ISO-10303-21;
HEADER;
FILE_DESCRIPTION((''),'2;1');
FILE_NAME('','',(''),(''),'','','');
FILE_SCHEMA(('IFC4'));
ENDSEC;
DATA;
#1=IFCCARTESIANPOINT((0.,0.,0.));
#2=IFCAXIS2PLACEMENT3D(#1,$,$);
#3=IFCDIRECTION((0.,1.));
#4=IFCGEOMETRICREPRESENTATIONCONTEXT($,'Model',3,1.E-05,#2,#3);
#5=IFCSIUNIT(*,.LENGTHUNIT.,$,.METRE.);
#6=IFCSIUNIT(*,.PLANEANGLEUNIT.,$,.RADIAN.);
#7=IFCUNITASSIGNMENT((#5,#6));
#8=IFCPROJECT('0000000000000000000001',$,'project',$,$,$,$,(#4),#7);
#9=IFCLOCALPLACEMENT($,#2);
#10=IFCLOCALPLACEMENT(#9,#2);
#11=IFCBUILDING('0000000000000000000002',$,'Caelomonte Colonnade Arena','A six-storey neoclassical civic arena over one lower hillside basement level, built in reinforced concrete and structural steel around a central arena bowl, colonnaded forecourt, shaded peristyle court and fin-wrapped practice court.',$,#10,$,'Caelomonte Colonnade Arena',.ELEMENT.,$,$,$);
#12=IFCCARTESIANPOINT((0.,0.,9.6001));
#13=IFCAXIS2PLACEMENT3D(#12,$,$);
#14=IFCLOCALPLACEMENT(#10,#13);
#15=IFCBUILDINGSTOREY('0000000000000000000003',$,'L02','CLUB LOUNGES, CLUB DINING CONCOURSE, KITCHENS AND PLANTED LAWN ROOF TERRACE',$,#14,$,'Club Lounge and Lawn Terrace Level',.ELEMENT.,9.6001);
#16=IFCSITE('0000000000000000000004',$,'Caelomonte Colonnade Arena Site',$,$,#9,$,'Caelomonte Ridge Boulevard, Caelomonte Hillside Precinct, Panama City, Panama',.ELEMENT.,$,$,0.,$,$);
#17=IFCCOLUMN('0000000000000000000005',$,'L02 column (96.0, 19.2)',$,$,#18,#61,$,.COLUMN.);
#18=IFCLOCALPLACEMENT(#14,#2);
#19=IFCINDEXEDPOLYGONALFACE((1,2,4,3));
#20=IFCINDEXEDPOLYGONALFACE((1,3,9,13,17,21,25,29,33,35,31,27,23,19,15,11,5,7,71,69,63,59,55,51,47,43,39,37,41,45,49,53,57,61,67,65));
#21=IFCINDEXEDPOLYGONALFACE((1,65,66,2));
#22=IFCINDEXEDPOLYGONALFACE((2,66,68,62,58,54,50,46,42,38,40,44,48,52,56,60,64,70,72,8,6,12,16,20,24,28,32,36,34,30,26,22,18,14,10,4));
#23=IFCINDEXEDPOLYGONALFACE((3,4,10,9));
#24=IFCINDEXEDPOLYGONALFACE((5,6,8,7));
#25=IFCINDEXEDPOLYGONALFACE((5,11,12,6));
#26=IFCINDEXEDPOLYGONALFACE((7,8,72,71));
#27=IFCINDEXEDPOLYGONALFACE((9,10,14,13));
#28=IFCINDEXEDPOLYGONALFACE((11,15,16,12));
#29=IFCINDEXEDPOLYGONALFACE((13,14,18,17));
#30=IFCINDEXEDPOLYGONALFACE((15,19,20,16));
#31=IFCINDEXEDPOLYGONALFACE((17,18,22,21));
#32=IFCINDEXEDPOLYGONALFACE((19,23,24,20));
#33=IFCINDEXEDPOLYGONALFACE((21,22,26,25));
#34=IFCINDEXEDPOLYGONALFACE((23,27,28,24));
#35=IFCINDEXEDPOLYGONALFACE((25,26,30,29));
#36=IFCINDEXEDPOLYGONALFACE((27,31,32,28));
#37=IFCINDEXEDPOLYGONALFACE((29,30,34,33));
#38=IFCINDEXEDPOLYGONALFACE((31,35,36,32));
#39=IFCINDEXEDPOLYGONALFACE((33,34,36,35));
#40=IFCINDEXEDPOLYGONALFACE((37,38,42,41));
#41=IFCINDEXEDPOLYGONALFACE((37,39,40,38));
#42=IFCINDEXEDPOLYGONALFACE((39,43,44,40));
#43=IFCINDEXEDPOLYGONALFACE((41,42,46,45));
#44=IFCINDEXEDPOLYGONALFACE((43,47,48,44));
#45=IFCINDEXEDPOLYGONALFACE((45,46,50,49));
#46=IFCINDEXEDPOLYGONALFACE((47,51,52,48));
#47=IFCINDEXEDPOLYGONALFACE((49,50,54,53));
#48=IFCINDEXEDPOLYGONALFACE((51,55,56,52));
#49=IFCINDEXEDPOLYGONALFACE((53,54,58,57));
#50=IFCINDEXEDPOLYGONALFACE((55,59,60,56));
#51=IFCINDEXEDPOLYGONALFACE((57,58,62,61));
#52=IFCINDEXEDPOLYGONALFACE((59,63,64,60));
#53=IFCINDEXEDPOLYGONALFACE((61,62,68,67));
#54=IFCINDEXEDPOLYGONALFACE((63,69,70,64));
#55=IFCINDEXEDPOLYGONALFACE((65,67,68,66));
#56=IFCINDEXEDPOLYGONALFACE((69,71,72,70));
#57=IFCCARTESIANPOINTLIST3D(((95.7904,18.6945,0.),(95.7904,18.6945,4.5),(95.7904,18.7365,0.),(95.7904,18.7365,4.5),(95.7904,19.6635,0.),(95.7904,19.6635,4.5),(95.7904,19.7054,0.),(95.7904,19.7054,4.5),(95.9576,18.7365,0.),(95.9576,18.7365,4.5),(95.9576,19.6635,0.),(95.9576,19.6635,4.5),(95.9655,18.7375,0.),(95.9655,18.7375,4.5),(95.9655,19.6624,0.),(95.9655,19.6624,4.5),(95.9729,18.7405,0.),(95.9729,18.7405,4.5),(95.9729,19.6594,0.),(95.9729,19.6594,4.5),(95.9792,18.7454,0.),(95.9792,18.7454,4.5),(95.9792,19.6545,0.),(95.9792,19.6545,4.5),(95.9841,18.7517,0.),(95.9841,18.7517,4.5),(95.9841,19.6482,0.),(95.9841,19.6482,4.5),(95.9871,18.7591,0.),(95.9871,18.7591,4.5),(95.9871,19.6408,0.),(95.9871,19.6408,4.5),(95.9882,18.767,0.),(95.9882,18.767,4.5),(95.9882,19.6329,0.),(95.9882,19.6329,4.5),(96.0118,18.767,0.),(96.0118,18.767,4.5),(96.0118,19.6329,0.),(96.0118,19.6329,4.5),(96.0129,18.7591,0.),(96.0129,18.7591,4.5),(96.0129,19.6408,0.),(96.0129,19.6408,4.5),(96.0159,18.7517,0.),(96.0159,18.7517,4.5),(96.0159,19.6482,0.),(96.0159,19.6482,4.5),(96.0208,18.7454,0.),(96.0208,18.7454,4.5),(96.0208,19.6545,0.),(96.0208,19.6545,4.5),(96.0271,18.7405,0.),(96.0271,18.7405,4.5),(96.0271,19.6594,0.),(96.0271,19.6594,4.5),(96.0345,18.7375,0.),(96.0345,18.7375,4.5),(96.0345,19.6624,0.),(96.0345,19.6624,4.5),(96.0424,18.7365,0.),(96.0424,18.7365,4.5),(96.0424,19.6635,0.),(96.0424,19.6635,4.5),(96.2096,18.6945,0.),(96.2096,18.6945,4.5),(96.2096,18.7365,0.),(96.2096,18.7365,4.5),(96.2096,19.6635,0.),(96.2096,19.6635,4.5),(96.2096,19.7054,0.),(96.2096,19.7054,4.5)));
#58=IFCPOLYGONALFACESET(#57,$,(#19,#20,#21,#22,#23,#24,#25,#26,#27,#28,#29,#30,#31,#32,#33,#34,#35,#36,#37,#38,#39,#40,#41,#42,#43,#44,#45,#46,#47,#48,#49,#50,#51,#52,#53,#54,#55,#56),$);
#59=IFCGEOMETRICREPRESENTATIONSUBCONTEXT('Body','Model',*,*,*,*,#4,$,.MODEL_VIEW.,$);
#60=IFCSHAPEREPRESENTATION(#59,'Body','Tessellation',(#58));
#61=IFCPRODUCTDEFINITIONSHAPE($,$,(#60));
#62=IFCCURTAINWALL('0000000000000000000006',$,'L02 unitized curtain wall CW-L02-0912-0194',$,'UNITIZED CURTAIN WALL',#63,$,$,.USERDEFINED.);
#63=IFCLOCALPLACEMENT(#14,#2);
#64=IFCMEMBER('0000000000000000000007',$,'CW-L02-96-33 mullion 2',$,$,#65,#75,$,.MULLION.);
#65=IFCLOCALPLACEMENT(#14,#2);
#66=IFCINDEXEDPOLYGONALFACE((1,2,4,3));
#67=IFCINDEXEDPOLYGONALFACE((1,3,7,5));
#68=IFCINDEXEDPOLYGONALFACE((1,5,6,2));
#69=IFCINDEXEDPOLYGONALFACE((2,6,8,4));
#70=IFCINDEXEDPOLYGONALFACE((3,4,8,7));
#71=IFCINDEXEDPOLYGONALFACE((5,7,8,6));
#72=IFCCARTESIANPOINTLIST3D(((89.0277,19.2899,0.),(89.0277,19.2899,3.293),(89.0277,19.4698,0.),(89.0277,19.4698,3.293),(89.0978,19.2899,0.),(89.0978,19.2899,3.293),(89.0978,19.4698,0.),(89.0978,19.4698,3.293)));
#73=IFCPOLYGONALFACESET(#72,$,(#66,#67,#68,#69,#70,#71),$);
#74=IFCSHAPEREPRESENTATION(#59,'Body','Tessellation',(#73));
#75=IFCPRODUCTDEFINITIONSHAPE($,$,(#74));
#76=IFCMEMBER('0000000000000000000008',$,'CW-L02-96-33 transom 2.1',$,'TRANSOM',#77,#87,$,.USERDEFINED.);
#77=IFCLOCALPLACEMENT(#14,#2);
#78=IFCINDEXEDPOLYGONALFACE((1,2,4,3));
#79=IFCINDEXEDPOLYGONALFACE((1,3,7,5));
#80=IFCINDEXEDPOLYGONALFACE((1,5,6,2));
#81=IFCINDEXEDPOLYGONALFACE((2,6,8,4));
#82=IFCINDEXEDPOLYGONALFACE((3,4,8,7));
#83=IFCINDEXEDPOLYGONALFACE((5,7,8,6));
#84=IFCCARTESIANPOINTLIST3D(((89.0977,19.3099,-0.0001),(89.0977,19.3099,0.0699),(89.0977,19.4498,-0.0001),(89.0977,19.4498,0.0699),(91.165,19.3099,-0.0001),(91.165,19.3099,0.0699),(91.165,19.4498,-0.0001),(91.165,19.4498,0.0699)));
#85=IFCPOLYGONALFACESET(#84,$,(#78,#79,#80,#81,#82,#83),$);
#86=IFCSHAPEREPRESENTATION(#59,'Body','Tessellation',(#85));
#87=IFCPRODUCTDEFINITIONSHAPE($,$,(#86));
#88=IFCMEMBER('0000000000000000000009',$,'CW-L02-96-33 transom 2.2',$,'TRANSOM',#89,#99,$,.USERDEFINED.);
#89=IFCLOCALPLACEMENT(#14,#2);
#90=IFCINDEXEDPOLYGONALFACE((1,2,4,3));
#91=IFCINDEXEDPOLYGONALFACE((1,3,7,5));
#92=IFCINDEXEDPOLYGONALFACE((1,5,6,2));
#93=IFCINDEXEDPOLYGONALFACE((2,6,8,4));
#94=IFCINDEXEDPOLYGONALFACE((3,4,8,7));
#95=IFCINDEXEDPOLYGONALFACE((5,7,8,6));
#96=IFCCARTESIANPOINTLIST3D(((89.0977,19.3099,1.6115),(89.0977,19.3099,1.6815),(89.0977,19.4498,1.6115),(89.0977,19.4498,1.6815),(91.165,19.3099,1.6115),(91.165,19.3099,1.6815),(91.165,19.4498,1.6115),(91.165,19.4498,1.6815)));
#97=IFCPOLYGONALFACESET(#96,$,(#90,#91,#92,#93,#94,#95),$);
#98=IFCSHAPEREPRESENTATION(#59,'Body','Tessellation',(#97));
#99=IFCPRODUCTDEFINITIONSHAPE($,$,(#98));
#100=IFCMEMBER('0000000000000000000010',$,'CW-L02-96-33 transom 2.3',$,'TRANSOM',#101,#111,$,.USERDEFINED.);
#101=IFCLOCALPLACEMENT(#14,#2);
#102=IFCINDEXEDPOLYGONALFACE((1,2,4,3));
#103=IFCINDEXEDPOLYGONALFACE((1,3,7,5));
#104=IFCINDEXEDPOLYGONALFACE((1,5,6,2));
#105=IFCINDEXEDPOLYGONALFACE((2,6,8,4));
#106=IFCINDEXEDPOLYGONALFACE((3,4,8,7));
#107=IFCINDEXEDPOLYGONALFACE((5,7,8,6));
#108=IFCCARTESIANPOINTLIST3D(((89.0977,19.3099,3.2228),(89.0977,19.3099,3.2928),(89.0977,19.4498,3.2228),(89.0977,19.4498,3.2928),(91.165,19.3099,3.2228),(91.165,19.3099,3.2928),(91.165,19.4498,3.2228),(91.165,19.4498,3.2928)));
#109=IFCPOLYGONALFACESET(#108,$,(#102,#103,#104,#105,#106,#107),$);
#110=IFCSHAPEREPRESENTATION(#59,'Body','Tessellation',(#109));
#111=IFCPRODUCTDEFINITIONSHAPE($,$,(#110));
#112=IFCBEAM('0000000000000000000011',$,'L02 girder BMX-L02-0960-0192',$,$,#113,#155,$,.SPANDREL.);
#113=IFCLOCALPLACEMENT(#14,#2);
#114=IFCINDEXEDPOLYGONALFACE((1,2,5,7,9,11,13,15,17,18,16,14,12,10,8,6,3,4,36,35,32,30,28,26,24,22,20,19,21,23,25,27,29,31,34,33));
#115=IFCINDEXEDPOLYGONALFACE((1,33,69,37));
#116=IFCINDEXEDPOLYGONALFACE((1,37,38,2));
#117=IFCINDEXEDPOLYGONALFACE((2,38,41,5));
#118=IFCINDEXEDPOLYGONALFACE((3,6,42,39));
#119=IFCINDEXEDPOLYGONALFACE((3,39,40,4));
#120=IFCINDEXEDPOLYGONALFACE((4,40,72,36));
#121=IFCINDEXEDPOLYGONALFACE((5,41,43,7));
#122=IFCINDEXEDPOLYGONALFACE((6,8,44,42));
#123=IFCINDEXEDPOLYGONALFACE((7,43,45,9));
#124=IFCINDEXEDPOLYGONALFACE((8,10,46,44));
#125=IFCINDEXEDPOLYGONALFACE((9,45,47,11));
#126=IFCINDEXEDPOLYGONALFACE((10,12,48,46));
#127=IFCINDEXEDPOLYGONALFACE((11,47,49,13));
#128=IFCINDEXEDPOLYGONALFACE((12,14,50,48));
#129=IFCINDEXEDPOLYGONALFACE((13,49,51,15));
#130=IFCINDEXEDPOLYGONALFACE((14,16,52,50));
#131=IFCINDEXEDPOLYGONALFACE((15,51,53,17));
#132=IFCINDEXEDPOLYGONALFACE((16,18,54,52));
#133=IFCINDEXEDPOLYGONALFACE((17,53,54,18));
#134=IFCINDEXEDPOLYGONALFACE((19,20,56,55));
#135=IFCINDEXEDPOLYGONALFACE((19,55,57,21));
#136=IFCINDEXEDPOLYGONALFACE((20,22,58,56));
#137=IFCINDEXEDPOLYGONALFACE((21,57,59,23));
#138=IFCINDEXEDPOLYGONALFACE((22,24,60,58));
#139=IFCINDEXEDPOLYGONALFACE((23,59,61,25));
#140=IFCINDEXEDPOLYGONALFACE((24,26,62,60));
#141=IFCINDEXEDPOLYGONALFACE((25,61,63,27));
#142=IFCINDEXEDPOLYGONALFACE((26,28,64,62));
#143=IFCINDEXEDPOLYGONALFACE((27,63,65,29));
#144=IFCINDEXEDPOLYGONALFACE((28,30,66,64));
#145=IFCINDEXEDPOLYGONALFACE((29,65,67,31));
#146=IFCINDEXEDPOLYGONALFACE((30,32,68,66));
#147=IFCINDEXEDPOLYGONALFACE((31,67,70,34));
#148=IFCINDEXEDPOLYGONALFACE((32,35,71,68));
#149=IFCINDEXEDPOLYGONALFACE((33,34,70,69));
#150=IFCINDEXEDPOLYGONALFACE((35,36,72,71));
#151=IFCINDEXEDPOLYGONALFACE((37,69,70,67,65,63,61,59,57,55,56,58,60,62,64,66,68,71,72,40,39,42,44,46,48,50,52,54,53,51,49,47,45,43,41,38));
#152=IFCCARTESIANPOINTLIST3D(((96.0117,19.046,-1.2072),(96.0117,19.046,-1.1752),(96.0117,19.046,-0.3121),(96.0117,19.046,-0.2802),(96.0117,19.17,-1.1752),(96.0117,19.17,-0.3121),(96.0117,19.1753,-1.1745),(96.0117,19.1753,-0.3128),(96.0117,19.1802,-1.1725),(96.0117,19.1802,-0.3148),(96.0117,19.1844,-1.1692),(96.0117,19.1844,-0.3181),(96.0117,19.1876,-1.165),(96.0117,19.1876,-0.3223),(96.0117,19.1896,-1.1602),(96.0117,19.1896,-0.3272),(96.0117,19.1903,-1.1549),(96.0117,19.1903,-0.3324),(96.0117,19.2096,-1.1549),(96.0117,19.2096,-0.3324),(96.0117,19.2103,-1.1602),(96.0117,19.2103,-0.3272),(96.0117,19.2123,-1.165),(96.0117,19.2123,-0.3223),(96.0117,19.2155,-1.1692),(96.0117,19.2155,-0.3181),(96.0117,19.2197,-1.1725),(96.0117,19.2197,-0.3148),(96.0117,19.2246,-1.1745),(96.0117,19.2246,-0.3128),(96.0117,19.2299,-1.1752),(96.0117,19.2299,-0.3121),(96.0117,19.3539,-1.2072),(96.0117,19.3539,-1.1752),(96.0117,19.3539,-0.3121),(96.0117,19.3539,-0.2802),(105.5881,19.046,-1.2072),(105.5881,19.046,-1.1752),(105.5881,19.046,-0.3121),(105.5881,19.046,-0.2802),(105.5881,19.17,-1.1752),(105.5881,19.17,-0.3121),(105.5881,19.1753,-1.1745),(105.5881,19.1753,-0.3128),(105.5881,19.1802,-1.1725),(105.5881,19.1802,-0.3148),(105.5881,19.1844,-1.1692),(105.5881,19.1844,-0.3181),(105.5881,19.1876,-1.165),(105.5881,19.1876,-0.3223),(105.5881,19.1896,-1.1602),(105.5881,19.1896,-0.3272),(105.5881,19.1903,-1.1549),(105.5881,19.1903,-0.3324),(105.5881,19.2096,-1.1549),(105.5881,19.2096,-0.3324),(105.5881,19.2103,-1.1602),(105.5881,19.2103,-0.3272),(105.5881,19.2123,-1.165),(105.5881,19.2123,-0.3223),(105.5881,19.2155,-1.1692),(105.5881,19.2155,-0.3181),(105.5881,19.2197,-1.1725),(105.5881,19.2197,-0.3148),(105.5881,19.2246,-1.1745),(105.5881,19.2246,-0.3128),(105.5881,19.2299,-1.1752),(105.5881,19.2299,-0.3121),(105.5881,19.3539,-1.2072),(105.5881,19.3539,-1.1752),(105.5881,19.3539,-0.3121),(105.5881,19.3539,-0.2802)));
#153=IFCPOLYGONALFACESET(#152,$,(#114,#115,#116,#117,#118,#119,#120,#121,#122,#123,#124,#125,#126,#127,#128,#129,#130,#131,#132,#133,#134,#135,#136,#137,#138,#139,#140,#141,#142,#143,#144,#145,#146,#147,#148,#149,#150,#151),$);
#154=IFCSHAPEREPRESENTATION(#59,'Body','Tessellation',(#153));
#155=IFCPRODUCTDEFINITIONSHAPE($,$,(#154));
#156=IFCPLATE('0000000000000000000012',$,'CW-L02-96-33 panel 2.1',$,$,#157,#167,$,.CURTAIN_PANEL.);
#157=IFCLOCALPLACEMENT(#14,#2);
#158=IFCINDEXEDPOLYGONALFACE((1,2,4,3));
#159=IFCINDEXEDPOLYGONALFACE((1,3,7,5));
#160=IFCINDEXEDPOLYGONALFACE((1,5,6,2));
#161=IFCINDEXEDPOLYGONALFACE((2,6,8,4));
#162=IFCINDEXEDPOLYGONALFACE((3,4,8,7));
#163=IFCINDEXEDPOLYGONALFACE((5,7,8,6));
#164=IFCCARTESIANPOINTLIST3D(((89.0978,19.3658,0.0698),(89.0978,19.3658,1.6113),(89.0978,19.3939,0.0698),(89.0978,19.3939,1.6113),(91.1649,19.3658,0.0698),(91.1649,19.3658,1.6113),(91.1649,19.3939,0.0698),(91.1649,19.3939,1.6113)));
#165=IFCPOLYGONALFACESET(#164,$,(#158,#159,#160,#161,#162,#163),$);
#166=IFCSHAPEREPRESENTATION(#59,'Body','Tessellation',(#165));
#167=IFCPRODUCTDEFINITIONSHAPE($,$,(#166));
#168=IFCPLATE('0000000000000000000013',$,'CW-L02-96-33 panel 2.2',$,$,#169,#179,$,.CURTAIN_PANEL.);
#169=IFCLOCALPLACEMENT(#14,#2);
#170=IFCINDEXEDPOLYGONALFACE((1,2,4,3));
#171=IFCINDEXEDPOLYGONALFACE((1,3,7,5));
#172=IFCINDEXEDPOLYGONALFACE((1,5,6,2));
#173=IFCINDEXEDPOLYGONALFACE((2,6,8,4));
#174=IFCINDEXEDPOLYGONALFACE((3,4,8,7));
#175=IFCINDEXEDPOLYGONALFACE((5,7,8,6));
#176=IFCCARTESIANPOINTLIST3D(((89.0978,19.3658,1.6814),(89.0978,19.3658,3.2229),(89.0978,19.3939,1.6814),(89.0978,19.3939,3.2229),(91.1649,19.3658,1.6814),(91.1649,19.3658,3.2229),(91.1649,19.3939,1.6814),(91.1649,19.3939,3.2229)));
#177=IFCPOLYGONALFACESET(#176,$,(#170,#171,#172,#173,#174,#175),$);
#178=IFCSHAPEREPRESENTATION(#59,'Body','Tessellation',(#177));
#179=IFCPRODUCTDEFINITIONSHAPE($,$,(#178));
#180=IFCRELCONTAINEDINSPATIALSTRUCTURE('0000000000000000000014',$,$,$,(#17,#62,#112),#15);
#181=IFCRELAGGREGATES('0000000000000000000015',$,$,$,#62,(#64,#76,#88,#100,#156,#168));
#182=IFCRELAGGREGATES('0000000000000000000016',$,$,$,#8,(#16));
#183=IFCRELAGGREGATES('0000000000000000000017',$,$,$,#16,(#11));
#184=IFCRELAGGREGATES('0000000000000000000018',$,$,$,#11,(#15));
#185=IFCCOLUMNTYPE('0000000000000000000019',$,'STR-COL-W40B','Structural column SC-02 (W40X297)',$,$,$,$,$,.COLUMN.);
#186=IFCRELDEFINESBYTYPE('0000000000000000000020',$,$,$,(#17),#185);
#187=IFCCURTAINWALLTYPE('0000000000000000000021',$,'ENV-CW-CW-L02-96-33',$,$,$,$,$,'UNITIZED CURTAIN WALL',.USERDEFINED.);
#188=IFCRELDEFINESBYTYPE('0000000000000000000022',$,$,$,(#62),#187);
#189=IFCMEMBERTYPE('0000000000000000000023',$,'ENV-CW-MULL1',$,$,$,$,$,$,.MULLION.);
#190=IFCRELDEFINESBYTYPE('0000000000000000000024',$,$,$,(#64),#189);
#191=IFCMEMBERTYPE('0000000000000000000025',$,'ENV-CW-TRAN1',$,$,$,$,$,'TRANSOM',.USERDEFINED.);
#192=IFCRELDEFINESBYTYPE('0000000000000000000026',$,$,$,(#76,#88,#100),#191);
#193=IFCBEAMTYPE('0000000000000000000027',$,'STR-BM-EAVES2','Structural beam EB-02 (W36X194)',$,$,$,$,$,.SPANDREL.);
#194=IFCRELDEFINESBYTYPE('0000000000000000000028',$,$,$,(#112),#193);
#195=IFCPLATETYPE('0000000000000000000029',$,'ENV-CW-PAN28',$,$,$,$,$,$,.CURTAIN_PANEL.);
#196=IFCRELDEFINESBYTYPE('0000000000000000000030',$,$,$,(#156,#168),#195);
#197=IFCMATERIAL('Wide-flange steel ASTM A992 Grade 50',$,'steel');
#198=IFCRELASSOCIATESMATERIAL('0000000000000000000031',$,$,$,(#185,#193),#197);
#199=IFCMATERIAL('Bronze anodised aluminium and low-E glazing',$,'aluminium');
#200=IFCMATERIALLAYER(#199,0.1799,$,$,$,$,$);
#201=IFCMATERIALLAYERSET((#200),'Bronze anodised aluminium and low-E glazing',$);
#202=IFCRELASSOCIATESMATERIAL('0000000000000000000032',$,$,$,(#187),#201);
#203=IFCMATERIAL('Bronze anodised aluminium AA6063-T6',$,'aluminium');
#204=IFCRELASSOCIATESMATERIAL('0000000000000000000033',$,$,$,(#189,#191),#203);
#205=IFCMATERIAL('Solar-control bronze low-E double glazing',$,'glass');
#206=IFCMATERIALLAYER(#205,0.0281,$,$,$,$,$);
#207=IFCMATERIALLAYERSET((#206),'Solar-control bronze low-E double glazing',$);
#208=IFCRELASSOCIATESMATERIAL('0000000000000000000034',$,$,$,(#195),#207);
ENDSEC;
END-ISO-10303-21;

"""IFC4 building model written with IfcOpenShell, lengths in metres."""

from ifc_helpers import new_model, si_unit, direction, frame, origin, origin_2d, place, context, subcontext, project, spatial, rectangle, i_section, extrude, material, layer, layer_set, material_profile, profile_set, type_object, element, aggregate, save


model = new_model("IFC4")

# Units and contexts
model_context = context("Model", 3, precision=1e-05, world=origin(), true_north=direction((0.0, 1.0)))
body_context = subcontext(model_context, "Body", "Model", "MODEL_VIEW")
ifc_project = project(units=[si_unit("LENGTHUNIT", "METRE"), si_unit("PLANEANGLEUNIT", "RADIAN")], contexts=[model_context])

# Site, building, storey
site_placement = place(None, origin())
site = spatial("IfcSite", under=ifc_project, at=site_placement, Name="Caelomonte Colonnade Arena Site", LongName="Caelomonte Ridge Boulevard, Caelomonte Hillside Precinct, Panama City, Panama", CompositionType="ELEMENT", RefElevation=0.0)
building_placement = place(site_placement, origin())
building = spatial("IfcBuilding", under=site, at=building_placement, Name="Caelomonte Colonnade Arena", Description="A six-storey neoclassical civic arena over one lower hillside basement level, built in reinforced concrete and structural steel around a central arena bowl, colonnaded forecourt, shaded peristyle court and fin-wrapped practice court.", LongName="Caelomonte Colonnade Arena", CompositionType="ELEMENT")
storey_placement = place(building_placement, frame((0.0, 0.0, 9.6001)))
storey = spatial("IfcBuildingStorey", under=building, at=storey_placement, Name="L02", Description="CLUB LOUNGES, CLUB DINING CONCOURSE, KITCHENS AND PLANTED LAWN ROOF TERRACE", LongName="Club Lounge and Lawn Terrace Level", CompositionType="ELEMENT", Elevation=9.6001)

# Column
ifc_material_1 = material(Name="Wide-flange steel ASTM A992 Grade 50", Category="steel")
ifc_material_profile_1 = material_profile(ifc_material_1, i_section(OverallWidth=0.4192, OverallDepth=1.011, WebThickness=0.0237, FlangeThickness=0.042, FilletRadius=0.0305, at=origin_2d()), Name="W40X297")
ifc_profile_set_1 = profile_set([ifc_material_profile_1], Name="Wide-flange steel ASTM A992 Grade 50")
column_type = type_object("IfcColumnType", Name="STR-COL-W40B", Description="Structural column SC-02 (W40X297)", PredefinedType="COLUMN", material=ifc_profile_set_1)
column_placement = place(storey_placement, frame((96.0, 19.2, 0.0), z_axis=(0.0, 0.0, 1.0), x_axis=(1.0, 0.0, 0.0)))
element("IfcColumn", 1, at=column_placement, inside=storey, type_object=column_type, Name="L02 column (96.0, 19.2)", PredefinedType="COLUMN", context=body_context, shape_type="SweptSolid", body=[
    extrude(i_section(OverallWidth=0.4192, OverallDepth=1.011, WebThickness=0.0237, FlangeThickness=0.042, FilletRadius=0.0305, at=origin_2d()), origin(), (0.0, 0.0, 1.0), 4.5),
])

# Curtain wall, members
ifc_material_2 = material(Name="Bronze anodised aluminium and low-E glazing", Category="aluminium")
ifc_layer_1 = layer(ifc_material_2, 0.1799)
ifc_layer_set_1 = layer_set([ifc_layer_1], Name="Bronze anodised aluminium and low-E glazing")
curtain_wall_type = type_object("IfcCurtainWallType", Name="ENV-CW-CW-L02-96-33", ElementType="UNITIZED CURTAIN WALL", PredefinedType="USERDEFINED", material=ifc_layer_set_1)
curtain_wall_placement = place(storey_placement, origin())
curtain_wall = element("IfcCurtainWall", 2, at=curtain_wall_placement, inside=storey, type_object=curtain_wall_type, Name="L02 unitized curtain wall CW-L02-0912-0194", ObjectType="UNITIZED CURTAIN WALL", PredefinedType="USERDEFINED")
ifc_material_3 = material(Name="Bronze anodised aluminium AA6063-T6", Category="aluminium")
ifc_material_profile_2 = material_profile(ifc_material_3, rectangle(XDim=0.0701, YDim=0.1799, at=origin_2d()), Name="CWM-70X180")
ifc_profile_set_2 = profile_set([ifc_material_profile_2], Name="Bronze anodised aluminium AA6063-T6")
member_type_1 = type_object("IfcMemberType", Name="ENV-CW-MULL1", PredefinedType="MULLION", material=ifc_profile_set_2)
member_1_placement = place(storey_placement, frame((89.0627, 19.3799, 0.0), z_axis=(0.0, 0.0, 1.0), x_axis=(1.0, 0.0, 0.0)))
member_1 = element("IfcMember", 3, at=member_1_placement, type_object=member_type_1, Name="CW-L02-96-33 mullion 2", PredefinedType="MULLION", context=body_context, shape_type="SweptSolid", body=[
    extrude(rectangle(XDim=0.0701, YDim=0.1799, at=origin_2d()), origin(), (0.0, 0.0, 1.0), 3.293),
])
ifc_material_profile_3 = material_profile(ifc_material_3, rectangle(XDim=0.0701, YDim=0.1399, at=origin_2d()), Name="CWT-70X140")
ifc_profile_set_3 = profile_set([ifc_material_profile_3], Name="Bronze anodised aluminium AA6063-T6")
member_type_2 = type_object("IfcMemberType", Name="ENV-CW-TRAN1", ElementType="TRANSOM", PredefinedType="USERDEFINED", material=ifc_profile_set_3)
member_2_placement = place(storey_placement, frame((89.0977, 19.3799, 0.0349), z_axis=(1.0, 0.0, 0.0), x_axis=(0.0, 0.0, 1.0)))
member_2 = element("IfcMember", 4, at=member_2_placement, type_object=member_type_2, Name="CW-L02-96-33 transom 2.1", ObjectType="TRANSOM", PredefinedType="USERDEFINED", context=body_context, shape_type="SweptSolid", body=[
    extrude(rectangle(XDim=0.0701, YDim=0.1399, at=origin_2d()), origin(), (0.0, 0.0, 1.0), 2.0674),
])
member_3_placement = place(storey_placement, frame((89.0977, 19.3799, 1.6465), z_axis=(1.0, 0.0, 0.0), x_axis=(0.0, 0.0, 1.0)))
member_3 = element("IfcMember", 5, at=member_3_placement, type_object=member_type_2, Name="CW-L02-96-33 transom 2.2", ObjectType="TRANSOM", PredefinedType="USERDEFINED", context=body_context, shape_type="SweptSolid", body=[
    extrude(rectangle(XDim=0.0701, YDim=0.1399, at=origin_2d()), origin(), (0.0, 0.0, 1.0), 2.0674),
])
member_4_placement = place(storey_placement, frame((89.0977, 19.3799, 3.2578), z_axis=(1.0, 0.0, 0.0), x_axis=(0.0, 0.0, 1.0)))
member_4 = element("IfcMember", 6, at=member_4_placement, type_object=member_type_2, Name="CW-L02-96-33 transom 2.3", ObjectType="TRANSOM", PredefinedType="USERDEFINED", context=body_context, shape_type="SweptSolid", body=[
    extrude(rectangle(XDim=0.0701, YDim=0.1399, at=origin_2d()), origin(), (0.0, 0.0, 1.0), 2.0674),
])

# Beam
ifc_material_profile_4 = material_profile(ifc_material_1, i_section(OverallWidth=0.3079, OverallDepth=0.927, WebThickness=0.0193, FlangeThickness=0.032, FilletRadius=0.0203, at=origin_2d()), Name="W36X194")
ifc_profile_set_4 = profile_set([ifc_material_profile_4], Name="Wide-flange steel ASTM A992 Grade 50")
beam_type = type_object("IfcBeamType", Name="STR-BM-EAVES2", Description="Structural beam EB-02 (W36X194)", PredefinedType="SPANDREL", material=ifc_profile_set_4)
beam_placement = place(storey_placement, frame((96.0117, 19.2, -0.7437), z_axis=(1.0, 0.0, 0.0), x_axis=(0.0, 1.0, 0.0)))
element("IfcBeam", 7, at=beam_placement, inside=storey, type_object=beam_type, Name="L02 girder BMX-L02-0960-0192", PredefinedType="SPANDREL", context=body_context, shape_type="SweptSolid", body=[
    extrude(i_section(OverallWidth=0.3079, OverallDepth=0.927, WebThickness=0.0193, FlangeThickness=0.032, FilletRadius=0.0203, at=origin_2d()), origin(), (0.0, 0.0, 1.0), 9.5764),
])

# Plates
ifc_material_4 = material(Name="Solar-control bronze low-E double glazing", Category="glass")
ifc_layer_2 = layer(ifc_material_4, 0.0281)
ifc_layer_set_2 = layer_set([ifc_layer_2], Name="Solar-control bronze low-E double glazing")
plate_type = type_object("IfcPlateType", Name="ENV-CW-PAN28", PredefinedType="CURTAIN_PANEL", material=ifc_layer_set_2)
plate_1_placement = place(storey_placement, frame((90.1313, 19.3799, 0.0698), z_axis=(0.0, 0.0, 1.0), x_axis=(1.0, 0.0, 0.0)))
plate_1 = element("IfcPlate", 8, at=plate_1_placement, type_object=plate_type, Name="CW-L02-96-33 panel 2.1", PredefinedType="CURTAIN_PANEL", context=body_context, shape_type="SweptSolid", body=[
    extrude(rectangle(XDim=2.0671, YDim=0.0281, at=origin_2d()), origin(), (0.0, 0.0, 1.0), 1.5415),
])
plate_2_placement = place(storey_placement, frame((90.1313, 19.3799, 1.6814), z_axis=(0.0, 0.0, 1.0), x_axis=(1.0, 0.0, 0.0)))
plate_2 = element("IfcPlate", 9, at=plate_2_placement, type_object=plate_type, Name="CW-L02-96-33 panel 2.2", PredefinedType="CURTAIN_PANEL", context=body_context, shape_type="SweptSolid", body=[
    extrude(rectangle(XDim=2.0671, YDim=0.0281, at=origin_2d()), origin(), (0.0, 0.0, 1.0), 1.5415),
])
aggregate(curtain_wall, [member_1, member_2, member_3, member_4, plate_1, plate_2])

save(model, "model.ifc")
